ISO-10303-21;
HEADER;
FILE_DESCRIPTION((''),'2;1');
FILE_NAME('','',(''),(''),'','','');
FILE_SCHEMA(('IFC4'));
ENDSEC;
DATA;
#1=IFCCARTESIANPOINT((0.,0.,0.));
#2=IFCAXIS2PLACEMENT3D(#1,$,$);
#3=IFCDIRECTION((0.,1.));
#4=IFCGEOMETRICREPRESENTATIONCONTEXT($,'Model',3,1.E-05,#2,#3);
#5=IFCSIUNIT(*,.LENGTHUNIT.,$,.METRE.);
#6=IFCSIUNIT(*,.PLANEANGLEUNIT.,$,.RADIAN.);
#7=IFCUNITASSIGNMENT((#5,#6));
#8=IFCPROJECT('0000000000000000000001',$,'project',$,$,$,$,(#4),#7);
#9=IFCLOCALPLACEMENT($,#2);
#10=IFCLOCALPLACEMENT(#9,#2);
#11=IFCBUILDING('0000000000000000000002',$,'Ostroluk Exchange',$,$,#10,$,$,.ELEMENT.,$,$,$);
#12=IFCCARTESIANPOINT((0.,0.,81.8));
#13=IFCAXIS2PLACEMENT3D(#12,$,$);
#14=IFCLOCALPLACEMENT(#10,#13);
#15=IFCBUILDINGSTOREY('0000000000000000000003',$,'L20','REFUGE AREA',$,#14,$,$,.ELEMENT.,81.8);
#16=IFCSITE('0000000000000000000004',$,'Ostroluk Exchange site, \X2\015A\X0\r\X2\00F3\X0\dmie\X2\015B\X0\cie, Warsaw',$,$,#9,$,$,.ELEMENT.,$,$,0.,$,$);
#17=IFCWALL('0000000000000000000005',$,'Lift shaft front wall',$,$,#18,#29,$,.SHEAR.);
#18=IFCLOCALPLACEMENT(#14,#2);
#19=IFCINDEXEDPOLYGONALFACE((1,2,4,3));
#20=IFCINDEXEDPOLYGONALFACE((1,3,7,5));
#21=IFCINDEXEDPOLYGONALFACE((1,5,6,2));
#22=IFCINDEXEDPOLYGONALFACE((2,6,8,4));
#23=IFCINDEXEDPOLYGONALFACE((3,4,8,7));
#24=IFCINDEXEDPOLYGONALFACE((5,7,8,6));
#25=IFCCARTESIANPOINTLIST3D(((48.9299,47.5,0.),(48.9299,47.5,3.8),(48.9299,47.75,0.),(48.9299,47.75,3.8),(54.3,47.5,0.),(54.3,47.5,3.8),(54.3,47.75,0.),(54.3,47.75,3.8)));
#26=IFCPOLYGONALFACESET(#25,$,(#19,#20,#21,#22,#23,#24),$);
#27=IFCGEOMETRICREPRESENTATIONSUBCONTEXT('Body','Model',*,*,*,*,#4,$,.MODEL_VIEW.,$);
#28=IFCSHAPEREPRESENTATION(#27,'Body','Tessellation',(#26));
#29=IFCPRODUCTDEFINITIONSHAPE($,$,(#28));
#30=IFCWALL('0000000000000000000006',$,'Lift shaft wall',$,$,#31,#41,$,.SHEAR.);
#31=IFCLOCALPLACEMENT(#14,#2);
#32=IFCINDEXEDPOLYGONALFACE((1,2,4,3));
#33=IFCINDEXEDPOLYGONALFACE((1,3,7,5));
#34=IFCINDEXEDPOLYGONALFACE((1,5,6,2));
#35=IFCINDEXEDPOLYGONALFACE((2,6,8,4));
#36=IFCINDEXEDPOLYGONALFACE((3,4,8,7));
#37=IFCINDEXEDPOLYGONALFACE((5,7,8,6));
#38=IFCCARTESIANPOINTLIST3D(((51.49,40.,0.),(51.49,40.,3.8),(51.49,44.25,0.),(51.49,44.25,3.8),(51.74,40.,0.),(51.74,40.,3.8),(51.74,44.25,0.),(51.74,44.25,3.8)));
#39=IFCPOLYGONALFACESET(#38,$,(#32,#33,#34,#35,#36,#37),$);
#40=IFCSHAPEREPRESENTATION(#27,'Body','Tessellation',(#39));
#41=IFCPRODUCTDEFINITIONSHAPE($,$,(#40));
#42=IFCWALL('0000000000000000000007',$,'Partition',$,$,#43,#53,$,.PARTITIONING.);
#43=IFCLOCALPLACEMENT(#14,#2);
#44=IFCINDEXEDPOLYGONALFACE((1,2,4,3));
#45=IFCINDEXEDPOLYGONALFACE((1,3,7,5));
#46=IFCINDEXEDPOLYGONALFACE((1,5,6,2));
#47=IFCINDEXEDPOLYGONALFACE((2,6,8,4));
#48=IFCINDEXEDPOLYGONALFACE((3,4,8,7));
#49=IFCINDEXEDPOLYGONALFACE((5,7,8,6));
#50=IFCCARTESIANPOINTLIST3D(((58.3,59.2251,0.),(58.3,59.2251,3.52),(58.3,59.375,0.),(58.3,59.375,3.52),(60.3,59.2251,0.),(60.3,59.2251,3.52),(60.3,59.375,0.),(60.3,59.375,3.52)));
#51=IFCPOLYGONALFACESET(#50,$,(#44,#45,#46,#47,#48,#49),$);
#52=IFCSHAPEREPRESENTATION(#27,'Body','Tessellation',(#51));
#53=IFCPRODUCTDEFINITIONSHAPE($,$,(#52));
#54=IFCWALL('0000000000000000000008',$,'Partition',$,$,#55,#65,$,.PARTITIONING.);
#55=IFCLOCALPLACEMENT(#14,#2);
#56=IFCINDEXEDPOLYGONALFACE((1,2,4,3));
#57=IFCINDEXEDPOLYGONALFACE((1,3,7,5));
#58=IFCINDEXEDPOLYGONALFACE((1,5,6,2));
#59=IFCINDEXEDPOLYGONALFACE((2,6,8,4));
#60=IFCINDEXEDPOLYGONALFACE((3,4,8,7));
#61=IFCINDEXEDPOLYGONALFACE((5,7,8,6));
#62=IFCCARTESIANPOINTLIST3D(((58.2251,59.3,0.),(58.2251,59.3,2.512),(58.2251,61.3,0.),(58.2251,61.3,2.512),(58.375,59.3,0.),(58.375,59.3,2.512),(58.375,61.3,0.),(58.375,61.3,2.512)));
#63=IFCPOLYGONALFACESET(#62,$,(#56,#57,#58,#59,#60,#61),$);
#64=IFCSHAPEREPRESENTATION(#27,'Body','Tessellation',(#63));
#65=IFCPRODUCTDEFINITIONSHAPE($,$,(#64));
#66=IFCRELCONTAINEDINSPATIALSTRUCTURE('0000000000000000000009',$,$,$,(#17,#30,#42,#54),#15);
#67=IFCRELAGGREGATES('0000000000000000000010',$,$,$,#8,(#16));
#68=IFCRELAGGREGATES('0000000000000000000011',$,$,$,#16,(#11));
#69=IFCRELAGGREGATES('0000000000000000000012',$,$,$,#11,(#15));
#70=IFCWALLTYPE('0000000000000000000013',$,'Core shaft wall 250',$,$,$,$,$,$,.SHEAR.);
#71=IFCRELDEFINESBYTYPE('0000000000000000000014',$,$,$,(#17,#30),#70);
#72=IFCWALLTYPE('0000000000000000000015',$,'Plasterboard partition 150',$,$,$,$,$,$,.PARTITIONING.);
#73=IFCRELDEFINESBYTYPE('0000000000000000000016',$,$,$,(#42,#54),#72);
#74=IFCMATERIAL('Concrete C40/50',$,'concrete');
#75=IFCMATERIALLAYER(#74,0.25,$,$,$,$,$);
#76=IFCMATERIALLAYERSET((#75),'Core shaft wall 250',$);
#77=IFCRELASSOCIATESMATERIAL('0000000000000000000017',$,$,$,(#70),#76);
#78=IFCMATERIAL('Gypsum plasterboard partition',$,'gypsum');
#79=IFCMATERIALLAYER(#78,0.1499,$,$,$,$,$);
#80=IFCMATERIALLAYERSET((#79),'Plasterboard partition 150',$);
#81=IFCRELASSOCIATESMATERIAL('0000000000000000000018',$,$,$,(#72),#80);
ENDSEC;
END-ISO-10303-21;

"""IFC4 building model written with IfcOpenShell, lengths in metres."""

from ifc_helpers import new_model, si_unit, direction, frame, frame_2d, origin, place, context, subcontext, project, spatial, rectangle, extrude, material, layer, layer_set, type_object, element, save


model = new_model("IFC4")

# Units and contexts
model_context = context("Model", 3, precision=1e-05, world=origin(), true_north=direction((0.0, 1.0)))
body_context = subcontext(model_context, "Body", "Model", "MODEL_VIEW")
ifc_project = project(units=[si_unit("LENGTHUNIT", "METRE"), si_unit("PLANEANGLEUNIT", "RADIAN")], contexts=[model_context])

# Site, building, storey
site_placement = place(None, origin())
site = spatial("IfcSite", under=ifc_project, at=site_placement, Name="Ostroluk Exchange site, Śródmieście, Warsaw", CompositionType="ELEMENT", RefElevation=0.0)
building_placement = place(site_placement, origin())
building = spatial("IfcBuilding", under=site, at=building_placement, Name="Ostroluk Exchange", CompositionType="ELEMENT")
storey_placement = place(building_placement, frame((0.0, 0.0, 81.8)))
storey = spatial("IfcBuildingStorey", under=building, at=storey_placement, Name="L20", Description="REFUGE AREA", CompositionType="ELEMENT", Elevation=81.8)

# Shared definitions
ifc_material_1 = material(Name="Concrete C40/50", Category="concrete")
ifc_layer_1 = layer(ifc_material_1, 0.25)
ifc_layer_set_1 = layer_set([ifc_layer_1], Name="Core shaft wall 250")
wall_type_1 = type_object("IfcWallType", Name="Core shaft wall 250", PredefinedType="SHEAR", material=ifc_layer_set_1)

# Walls
wall_1_placement = place(storey_placement, frame((48.9299, 47.625, 0.0), z_axis=(0.0, 0.0, 1.0), x_axis=(1.0, 0.0, 0.0)))
element("IfcWall", 1, at=wall_1_placement, inside=storey, type_object=wall_type_1, Name="Lift shaft front wall", PredefinedType="SHEAR", context=body_context, shape_type="SweptSolid", body=[
    extrude(rectangle(XDim=5.3701, YDim=0.25, at=frame_2d((2.6851, 0.0))), origin(), (0.0, 0.0, 1.0), 3.8),
])
wall_2_placement = place(storey_placement, frame((51.615, 44.25, 0.0), z_axis=(0.0, 0.0, 1.0), x_axis=(0.0, -1.0, 0.0)))
element("IfcWall", 2, at=wall_2_placement, inside=storey, type_object=wall_type_1, Name="Lift shaft wall", PredefinedType="SHEAR", context=body_context, shape_type="SweptSolid", body=[
    extrude(rectangle(XDim=4.25, YDim=0.25, at=frame_2d((2.125, 0.0))), origin(), (0.0, 0.0, 1.0), 3.8),
])
ifc_material_2 = material(Name="Gypsum plasterboard partition", Category="gypsum")
ifc_layer_2 = layer(ifc_material_2, 0.1499)
ifc_layer_set_2 = layer_set([ifc_layer_2], Name="Plasterboard partition 150")
wall_type_2 = type_object("IfcWallType", Name="Plasterboard partition 150", PredefinedType="PARTITIONING", material=ifc_layer_set_2)
wall_3_placement = place(storey_placement, frame((58.3, 59.3, 0.0), z_axis=(0.0, 0.0, 1.0), x_axis=(1.0, 0.0, 0.0)))
element("IfcWall", 3, at=wall_3_placement, inside=storey, type_object=wall_type_2, Name="Partition", PredefinedType="PARTITIONING", context=body_context, shape_type="SweptSolid", body=[
    extrude(rectangle(XDim=2.0, YDim=0.1499, at=frame_2d((1.0, 0.0))), origin(), (0.0, 0.0, 1.0), 3.52),
])
wall_4_placement = place(storey_placement, frame((58.3, 59.3, 0.0), z_axis=(0.0, 0.0, 1.0), x_axis=(0.0, 1.0, 0.0)))
element("IfcWall", 4, at=wall_4_placement, inside=storey, type_object=wall_type_2, Name="Partition", PredefinedType="PARTITIONING", context=body_context, shape_type="SweptSolid", body=[
    extrude(rectangle(XDim=2.0, YDim=0.1499, at=frame_2d((1.0, 0.0))), origin(), (0.0, 0.0, 1.0), 2.512),
])

save(model, "model.ifc")
